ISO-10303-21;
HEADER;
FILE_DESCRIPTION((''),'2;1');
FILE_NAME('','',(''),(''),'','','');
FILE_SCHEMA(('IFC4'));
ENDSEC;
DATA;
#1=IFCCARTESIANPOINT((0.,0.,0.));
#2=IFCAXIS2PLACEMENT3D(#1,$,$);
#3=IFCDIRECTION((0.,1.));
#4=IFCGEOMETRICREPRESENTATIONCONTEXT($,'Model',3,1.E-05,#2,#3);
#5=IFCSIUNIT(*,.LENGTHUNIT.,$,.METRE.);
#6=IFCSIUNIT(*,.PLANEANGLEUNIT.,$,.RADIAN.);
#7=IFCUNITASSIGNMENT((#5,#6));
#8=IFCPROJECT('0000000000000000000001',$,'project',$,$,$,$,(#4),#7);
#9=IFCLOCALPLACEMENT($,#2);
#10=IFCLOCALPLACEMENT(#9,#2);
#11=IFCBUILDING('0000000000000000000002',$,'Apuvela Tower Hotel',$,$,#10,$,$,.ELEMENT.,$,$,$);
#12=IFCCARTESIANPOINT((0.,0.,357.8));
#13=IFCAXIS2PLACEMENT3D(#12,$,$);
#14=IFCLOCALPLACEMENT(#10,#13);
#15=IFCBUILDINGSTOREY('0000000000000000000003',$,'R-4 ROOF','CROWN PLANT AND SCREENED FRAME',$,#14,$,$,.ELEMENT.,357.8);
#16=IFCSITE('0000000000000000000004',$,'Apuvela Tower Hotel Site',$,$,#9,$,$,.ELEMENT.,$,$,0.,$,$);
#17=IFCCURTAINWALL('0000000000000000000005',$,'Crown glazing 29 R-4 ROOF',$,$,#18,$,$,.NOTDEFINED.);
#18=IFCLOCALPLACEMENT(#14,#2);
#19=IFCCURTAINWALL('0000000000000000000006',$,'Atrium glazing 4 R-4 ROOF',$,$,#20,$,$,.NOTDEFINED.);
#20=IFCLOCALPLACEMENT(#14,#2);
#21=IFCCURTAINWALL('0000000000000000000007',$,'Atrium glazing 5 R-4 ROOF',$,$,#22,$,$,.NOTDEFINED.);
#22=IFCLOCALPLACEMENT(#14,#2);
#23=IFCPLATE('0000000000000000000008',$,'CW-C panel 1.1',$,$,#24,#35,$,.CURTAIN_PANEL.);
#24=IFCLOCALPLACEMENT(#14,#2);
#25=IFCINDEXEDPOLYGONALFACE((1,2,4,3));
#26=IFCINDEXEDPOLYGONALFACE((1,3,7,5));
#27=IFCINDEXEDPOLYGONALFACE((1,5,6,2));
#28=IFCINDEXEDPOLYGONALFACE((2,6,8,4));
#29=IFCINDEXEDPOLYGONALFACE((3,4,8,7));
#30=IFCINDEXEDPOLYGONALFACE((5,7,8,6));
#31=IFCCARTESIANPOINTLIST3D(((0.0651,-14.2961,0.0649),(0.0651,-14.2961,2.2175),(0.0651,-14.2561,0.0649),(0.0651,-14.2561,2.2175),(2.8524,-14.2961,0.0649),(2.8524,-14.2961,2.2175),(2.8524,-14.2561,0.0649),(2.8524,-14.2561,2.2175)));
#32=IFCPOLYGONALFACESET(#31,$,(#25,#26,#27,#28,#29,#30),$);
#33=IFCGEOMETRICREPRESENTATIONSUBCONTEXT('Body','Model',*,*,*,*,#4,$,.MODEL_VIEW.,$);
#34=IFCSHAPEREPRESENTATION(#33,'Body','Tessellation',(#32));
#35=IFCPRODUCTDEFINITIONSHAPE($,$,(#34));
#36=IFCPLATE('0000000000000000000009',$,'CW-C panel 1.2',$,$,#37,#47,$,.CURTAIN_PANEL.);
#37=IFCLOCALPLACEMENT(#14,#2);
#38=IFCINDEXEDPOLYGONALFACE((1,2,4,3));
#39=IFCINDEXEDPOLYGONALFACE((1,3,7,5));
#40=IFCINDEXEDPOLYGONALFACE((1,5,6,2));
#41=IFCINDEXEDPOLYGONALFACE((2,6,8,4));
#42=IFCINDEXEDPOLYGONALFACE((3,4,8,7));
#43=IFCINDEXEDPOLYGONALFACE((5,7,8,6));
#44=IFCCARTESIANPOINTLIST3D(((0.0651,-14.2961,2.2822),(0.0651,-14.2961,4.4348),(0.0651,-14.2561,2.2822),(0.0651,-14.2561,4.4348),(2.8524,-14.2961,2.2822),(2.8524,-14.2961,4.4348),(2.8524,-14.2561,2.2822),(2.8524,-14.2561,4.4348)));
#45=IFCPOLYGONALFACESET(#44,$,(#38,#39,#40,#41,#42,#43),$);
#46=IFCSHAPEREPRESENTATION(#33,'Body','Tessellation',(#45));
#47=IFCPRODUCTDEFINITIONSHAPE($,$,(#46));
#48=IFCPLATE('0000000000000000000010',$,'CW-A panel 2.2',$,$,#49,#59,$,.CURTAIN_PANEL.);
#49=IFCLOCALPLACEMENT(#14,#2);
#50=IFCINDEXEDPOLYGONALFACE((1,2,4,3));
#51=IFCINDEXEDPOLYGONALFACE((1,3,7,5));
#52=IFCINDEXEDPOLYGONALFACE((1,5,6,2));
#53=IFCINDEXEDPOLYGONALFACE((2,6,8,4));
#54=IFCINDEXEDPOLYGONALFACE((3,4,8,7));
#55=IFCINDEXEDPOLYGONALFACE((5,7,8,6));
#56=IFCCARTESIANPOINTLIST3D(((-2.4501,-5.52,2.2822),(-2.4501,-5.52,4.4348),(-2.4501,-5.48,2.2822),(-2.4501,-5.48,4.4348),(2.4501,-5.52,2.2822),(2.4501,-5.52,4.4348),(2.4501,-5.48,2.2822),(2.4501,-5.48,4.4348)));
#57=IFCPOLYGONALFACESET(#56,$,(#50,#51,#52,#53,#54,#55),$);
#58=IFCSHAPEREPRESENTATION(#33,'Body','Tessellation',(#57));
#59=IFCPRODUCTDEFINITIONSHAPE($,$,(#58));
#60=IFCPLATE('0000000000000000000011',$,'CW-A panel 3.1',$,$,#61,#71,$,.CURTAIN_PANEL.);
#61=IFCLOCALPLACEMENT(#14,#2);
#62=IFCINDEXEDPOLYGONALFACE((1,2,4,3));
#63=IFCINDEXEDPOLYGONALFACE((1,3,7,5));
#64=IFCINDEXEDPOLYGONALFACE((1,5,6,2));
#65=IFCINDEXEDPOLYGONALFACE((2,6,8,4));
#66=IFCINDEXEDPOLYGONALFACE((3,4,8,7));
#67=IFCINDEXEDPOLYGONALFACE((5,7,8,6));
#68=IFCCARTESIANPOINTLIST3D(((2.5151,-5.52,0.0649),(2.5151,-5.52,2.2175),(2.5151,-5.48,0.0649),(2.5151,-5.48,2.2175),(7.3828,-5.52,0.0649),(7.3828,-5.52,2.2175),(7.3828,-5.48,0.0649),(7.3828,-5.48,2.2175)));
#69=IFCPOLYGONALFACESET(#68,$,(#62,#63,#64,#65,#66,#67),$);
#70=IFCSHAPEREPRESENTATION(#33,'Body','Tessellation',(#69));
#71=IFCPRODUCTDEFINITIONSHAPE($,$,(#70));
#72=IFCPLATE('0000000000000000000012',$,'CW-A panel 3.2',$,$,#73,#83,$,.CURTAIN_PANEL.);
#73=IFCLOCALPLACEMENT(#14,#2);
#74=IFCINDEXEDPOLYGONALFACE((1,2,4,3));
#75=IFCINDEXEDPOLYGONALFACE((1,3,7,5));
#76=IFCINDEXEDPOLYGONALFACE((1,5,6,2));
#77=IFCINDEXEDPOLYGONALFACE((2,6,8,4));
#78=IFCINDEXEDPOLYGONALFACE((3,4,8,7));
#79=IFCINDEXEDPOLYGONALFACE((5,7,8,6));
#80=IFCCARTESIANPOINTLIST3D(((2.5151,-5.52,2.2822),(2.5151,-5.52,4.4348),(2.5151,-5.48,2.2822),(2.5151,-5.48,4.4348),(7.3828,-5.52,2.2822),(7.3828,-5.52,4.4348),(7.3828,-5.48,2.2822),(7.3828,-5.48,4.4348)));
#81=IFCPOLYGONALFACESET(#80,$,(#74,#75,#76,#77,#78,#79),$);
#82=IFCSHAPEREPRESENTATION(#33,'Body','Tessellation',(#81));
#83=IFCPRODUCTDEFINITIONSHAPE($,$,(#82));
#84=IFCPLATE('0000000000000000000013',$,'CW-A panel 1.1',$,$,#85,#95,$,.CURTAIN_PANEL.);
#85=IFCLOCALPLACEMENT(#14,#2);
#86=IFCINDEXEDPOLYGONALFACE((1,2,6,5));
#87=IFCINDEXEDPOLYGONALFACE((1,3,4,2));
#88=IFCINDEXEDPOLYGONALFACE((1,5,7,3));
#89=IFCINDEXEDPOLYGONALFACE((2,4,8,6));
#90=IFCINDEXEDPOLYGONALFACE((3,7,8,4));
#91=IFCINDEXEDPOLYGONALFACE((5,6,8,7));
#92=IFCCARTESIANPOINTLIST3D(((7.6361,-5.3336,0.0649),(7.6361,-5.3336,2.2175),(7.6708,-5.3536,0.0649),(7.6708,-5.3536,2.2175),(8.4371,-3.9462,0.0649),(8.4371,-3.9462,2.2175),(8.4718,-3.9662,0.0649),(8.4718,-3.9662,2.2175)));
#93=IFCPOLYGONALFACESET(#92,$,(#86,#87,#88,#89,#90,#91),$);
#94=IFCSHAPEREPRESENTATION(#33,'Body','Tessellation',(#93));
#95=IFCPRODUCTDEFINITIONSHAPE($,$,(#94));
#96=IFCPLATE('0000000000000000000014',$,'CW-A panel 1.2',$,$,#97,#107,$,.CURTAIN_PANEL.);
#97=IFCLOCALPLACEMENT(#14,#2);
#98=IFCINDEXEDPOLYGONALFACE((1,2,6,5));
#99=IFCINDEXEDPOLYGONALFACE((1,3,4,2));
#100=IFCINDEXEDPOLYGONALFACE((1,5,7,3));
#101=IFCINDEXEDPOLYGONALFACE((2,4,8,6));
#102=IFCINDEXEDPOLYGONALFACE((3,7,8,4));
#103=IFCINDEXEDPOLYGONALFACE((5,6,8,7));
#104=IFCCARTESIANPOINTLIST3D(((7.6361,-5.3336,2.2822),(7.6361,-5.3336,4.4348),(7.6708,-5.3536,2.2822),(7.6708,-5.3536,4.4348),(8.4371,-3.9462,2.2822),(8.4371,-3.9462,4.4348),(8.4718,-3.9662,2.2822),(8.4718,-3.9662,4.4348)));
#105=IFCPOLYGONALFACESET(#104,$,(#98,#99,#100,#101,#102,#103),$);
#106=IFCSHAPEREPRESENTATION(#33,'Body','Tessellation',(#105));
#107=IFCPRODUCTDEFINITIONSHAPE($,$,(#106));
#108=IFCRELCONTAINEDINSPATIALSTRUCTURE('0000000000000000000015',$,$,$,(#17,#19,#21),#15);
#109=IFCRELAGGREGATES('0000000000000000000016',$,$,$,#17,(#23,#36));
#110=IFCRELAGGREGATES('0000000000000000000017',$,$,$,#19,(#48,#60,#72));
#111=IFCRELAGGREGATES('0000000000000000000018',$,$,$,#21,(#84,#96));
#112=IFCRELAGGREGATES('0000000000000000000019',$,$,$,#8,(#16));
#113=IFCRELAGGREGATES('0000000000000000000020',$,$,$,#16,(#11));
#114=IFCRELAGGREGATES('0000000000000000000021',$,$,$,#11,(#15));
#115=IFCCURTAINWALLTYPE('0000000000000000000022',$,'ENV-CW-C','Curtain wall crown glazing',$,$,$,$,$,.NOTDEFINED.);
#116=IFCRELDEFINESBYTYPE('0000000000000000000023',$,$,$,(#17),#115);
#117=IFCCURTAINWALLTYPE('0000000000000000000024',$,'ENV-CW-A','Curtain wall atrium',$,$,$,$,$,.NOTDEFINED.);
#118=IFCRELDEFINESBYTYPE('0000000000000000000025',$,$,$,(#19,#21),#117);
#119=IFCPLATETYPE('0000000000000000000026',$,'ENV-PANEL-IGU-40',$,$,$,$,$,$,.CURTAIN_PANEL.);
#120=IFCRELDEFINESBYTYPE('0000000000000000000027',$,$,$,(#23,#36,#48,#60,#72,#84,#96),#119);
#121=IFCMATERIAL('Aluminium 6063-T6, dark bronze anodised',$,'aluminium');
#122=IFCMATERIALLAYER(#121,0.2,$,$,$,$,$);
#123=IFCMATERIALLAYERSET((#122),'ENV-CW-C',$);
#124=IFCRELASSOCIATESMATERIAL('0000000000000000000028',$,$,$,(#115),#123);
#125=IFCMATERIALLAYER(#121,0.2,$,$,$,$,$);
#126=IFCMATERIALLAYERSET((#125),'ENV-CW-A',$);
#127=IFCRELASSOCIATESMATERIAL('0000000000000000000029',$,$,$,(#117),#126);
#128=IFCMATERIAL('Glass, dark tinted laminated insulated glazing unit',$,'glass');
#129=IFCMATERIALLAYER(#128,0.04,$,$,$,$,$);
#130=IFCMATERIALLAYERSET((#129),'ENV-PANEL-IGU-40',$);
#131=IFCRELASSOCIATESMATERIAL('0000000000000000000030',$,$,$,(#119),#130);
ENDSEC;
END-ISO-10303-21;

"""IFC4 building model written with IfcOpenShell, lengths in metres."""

from ifc_helpers import new_model, si_unit, direction, frame, origin, origin_2d, place, context, subcontext, project, spatial, rectangle, extrude, material, layer, layer_set, type_object, element, aggregate, save


model = new_model("IFC4")

# Units and contexts
model_context = context("Model", 3, precision=1e-05, world=origin(), true_north=direction((0.0, 1.0)))
body_context = subcontext(model_context, "Body", "Model", "MODEL_VIEW")
ifc_project = project(units=[si_unit("LENGTHUNIT", "METRE"), si_unit("PLANEANGLEUNIT", "RADIAN")], contexts=[model_context])

# Site, building, storey
site_placement = place(None, origin())
site = spatial("IfcSite", under=ifc_project, at=site_placement, Name="Apuvela Tower Hotel Site", CompositionType="ELEMENT", RefElevation=0.0)
building_placement = place(site_placement, origin())
building = spatial("IfcBuilding", under=site, at=building_placement, Name="Apuvela Tower Hotel", CompositionType="ELEMENT")
storey_placement = place(building_placement, frame((0.0, 0.0, 357.8)))
storey = spatial("IfcBuildingStorey", under=building, at=storey_placement, Name="R-4 ROOF", Description="CROWN PLANT AND SCREENED FRAME", CompositionType="ELEMENT", Elevation=357.8)

# Curtain walls
ifc_material_1 = material(Name="Aluminium 6063-T6, dark bronze anodised", Category="aluminium")
ifc_layer_1 = layer(ifc_material_1, 0.2)
ifc_layer_set_1 = layer_set([ifc_layer_1], Name="ENV-CW-C")
curtain_wall_type_1 = type_object("IfcCurtainWallType", Name="ENV-CW-C", Description="Curtain wall crown glazing", PredefinedType="NOTDEFINED", material=ifc_layer_set_1)
curtain_wall_1_placement = place(storey_placement, origin())
curtain_wall_1 = element("IfcCurtainWall", 1, at=curtain_wall_1_placement, inside=storey, type_object=curtain_wall_type_1, Name="Crown glazing 29 R-4 ROOF", PredefinedType="NOTDEFINED")
ifc_layer_2 = layer(ifc_material_1, 0.2)
ifc_layer_set_2 = layer_set([ifc_layer_2], Name="ENV-CW-A")
curtain_wall_type_2 = type_object("IfcCurtainWallType", Name="ENV-CW-A", Description="Curtain wall atrium", PredefinedType="NOTDEFINED", material=ifc_layer_set_2)
curtain_wall_2_placement = place(storey_placement, origin())
curtain_wall_2 = element("IfcCurtainWall", 2, at=curtain_wall_2_placement, inside=storey, type_object=curtain_wall_type_2, Name="Atrium glazing 4 R-4 ROOF", PredefinedType="NOTDEFINED")
curtain_wall_3_placement = place(storey_placement, origin())
curtain_wall_3 = element("IfcCurtainWall", 3, at=curtain_wall_3_placement, inside=storey, type_object=curtain_wall_type_2, Name="Atrium glazing 5 R-4 ROOF", PredefinedType="NOTDEFINED")

# Plates
ifc_material_2 = material(Name="Glass, dark tinted laminated insulated glazing unit", Category="glass")
ifc_layer_3 = layer(ifc_material_2, 0.04)
ifc_layer_set_3 = layer_set([ifc_layer_3], Name="ENV-PANEL-IGU-40")
plate_type_1 = type_object("IfcPlateType", Name="ENV-PANEL-IGU-40", PredefinedType="CURTAIN_PANEL", material=ifc_layer_set_3)
plate_1_placement = place(storey_placement, frame((1.4587, -14.2761, 0.0649), z_axis=(0.0, 0.0, 1.0), x_axis=(1.0, 0.0, 0.0)))
plate_1 = element("IfcPlate", 4, at=plate_1_placement, type_object=plate_type_1, Name="CW-C panel 1.1", PredefinedType="CURTAIN_PANEL", context=body_context, shape_type="SweptSolid", body=[
    extrude(rectangle(XDim=2.7874, YDim=0.04, at=origin_2d()), origin(), (0.0, 0.0, 1.0), 2.1526),
])
plate_2_placement = place(storey_placement, frame((1.4587, -14.2761, 2.2822), z_axis=(0.0, 0.0, 1.0), x_axis=(1.0, 0.0, 0.0)))
plate_2 = element("IfcPlate", 5, at=plate_2_placement, type_object=plate_type_1, Name="CW-C panel 1.2", PredefinedType="CURTAIN_PANEL", context=body_context, shape_type="SweptSolid", body=[
    extrude(rectangle(XDim=2.7874, YDim=0.04, at=origin_2d()), origin(), (0.0, 0.0, 1.0), 2.1526),
])
aggregate(curtain_wall_1, [plate_1, plate_2])
plate_3_placement = place(storey_placement, frame((0.0, -5.5, 2.2822), z_axis=(0.0, 0.0, 1.0), x_axis=(1.0, 0.0, 0.0)))
plate_3 = element("IfcPlate", 6, at=plate_3_placement, type_object=plate_type_1, Name="CW-A panel 2.2", PredefinedType="CURTAIN_PANEL", context=body_context, shape_type="SweptSolid", body=[
    extrude(rectangle(XDim=4.9001, YDim=0.04, at=origin_2d()), origin(), (0.0, 0.0, 1.0), 2.1526),
])
plate_4_placement = place(storey_placement, frame((4.949, -5.5, 0.0649), z_axis=(0.0, 0.0, 1.0), x_axis=(1.0, 0.0, 0.0)))
plate_4 = element("IfcPlate", 7, at=plate_4_placement, type_object=plate_type_1, Name="CW-A panel 3.1", PredefinedType="CURTAIN_PANEL", context=body_context, shape_type="SweptSolid", body=[
    extrude(rectangle(XDim=4.8677, YDim=0.04, at=origin_2d()), origin(), (0.0, 0.0, 1.0), 2.1526),
])
plate_5_placement = place(storey_placement, frame((4.949, -5.5, 2.2822), z_axis=(0.0, 0.0, 1.0), x_axis=(1.0, 0.0, 0.0)))
plate_5 = element("IfcPlate", 8, at=plate_5_placement, type_object=plate_type_1, Name="CW-A panel 3.2", PredefinedType="CURTAIN_PANEL", context=body_context, shape_type="SweptSolid", body=[
    extrude(rectangle(XDim=4.8677, YDim=0.04, at=origin_2d()), origin(), (0.0, 0.0, 1.0), 2.1526),
])
aggregate(curtain_wall_2, [plate_3, plate_4, plate_5])
plate_6_placement = place(storey_placement, frame((8.054, -4.6499, 0.0649), z_axis=(0.0, 0.0, 1.0), x_axis=(0.499989, 0.866032, 0.0)))
plate_6 = element("IfcPlate", 9, at=plate_6_placement, type_object=plate_type_1, Name="CW-A panel 1.1", PredefinedType="CURTAIN_PANEL", context=body_context, shape_type="SweptSolid", body=[
    extrude(rectangle(XDim=1.6021, YDim=0.04, at=origin_2d()), origin(), (0.0, 0.0, 1.0), 2.1526),
])
plate_7_placement = place(storey_placement, frame((8.054, -4.6499, 2.2822), z_axis=(0.0, 0.0, 1.0), x_axis=(0.499989, 0.866032, 0.0)))
plate_7 = element("IfcPlate", 10, at=plate_7_placement, type_object=plate_type_1, Name="CW-A panel 1.2", PredefinedType="CURTAIN_PANEL", context=body_context, shape_type="SweptSolid", body=[
    extrude(rectangle(XDim=1.6021, YDim=0.04, at=origin_2d()), origin(), (0.0, 0.0, 1.0), 2.1526),
])
aggregate(curtain_wall_3, [plate_6, plate_7])

save(model, "model.ifc")
